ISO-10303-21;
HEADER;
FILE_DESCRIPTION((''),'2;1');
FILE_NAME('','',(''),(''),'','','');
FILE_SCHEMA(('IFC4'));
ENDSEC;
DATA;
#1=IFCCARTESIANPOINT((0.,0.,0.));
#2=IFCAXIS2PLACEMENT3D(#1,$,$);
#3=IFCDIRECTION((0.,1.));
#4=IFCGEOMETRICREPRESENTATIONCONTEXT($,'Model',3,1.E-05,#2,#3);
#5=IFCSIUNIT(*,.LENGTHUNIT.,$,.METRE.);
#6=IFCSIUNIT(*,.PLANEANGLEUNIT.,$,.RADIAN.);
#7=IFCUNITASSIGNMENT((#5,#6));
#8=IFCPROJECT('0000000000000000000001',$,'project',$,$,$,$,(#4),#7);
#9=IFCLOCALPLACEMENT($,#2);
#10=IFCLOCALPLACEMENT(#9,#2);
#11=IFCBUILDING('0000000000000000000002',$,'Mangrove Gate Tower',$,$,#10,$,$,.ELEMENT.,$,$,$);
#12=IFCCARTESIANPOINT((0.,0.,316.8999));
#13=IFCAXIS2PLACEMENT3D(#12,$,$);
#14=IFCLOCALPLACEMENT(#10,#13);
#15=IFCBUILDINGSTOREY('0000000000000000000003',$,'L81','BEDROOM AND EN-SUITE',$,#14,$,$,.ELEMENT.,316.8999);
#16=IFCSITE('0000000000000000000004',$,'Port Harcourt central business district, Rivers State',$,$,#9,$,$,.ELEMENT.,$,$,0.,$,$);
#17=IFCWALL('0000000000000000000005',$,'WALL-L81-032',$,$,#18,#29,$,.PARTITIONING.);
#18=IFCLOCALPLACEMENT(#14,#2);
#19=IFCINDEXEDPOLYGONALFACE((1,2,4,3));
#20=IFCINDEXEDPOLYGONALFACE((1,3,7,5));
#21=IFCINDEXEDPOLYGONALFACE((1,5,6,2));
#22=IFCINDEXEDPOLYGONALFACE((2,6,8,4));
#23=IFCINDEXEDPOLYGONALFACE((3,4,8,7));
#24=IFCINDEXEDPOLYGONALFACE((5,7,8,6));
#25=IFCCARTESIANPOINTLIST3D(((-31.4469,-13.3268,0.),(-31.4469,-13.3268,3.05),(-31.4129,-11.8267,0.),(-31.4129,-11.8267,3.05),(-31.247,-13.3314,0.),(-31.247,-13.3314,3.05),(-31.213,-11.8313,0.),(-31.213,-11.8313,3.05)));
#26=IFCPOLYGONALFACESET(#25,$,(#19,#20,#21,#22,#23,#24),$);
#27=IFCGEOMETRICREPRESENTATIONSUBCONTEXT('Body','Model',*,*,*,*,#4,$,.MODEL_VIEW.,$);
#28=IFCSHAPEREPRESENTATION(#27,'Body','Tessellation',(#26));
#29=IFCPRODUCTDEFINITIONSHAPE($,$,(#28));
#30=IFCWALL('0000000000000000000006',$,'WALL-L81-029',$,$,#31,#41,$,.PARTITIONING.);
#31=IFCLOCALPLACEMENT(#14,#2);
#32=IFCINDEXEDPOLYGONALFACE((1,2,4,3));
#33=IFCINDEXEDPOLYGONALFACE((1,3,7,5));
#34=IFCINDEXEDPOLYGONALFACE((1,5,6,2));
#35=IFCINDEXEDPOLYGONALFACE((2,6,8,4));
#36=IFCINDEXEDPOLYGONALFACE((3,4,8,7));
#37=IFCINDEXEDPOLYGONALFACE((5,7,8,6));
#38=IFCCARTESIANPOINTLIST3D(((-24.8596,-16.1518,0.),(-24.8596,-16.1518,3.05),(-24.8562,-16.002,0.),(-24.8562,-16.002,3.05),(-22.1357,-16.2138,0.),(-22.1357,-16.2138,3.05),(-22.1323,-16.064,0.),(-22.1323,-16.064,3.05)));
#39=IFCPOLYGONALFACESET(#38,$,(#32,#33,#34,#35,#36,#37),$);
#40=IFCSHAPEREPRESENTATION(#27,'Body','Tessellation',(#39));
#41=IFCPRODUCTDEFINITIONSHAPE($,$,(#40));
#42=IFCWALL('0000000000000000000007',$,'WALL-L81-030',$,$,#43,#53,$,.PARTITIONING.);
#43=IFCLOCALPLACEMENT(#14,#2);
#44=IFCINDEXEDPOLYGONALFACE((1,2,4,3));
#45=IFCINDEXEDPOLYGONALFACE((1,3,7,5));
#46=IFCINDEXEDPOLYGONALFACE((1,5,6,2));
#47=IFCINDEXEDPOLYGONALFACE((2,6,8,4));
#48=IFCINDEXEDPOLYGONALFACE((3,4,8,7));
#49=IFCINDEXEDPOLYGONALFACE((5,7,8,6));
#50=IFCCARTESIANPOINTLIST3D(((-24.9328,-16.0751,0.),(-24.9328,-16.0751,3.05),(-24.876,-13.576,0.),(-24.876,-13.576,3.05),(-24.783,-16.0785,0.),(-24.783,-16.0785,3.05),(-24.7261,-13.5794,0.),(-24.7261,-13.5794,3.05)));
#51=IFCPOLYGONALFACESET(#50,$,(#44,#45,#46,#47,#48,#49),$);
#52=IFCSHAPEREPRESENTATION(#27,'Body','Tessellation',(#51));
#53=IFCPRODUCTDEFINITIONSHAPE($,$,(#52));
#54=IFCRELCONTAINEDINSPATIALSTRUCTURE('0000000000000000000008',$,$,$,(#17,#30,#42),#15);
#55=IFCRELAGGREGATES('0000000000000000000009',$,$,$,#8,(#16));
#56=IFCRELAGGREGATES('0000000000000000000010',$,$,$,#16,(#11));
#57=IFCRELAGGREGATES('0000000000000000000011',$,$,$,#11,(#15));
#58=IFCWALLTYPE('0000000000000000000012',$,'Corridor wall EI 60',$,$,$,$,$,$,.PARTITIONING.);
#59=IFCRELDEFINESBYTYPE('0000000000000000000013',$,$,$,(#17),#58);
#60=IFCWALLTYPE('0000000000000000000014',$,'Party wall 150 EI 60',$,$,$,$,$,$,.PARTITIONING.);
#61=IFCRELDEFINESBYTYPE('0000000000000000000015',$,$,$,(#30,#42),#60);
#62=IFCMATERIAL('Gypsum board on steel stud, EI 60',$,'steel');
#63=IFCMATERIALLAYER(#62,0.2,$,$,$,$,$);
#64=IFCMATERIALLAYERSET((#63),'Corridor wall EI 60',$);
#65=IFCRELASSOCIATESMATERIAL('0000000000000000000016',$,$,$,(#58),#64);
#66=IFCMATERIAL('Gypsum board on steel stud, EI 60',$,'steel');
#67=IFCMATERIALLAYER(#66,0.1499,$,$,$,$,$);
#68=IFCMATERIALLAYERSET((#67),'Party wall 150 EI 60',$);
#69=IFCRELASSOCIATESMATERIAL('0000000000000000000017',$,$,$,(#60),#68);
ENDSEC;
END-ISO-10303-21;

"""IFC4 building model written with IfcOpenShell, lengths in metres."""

from ifc_helpers import new_model, si_unit, direction, frame, frame_2d, origin, place, context, subcontext, project, spatial, rectangle, extrude, material, layer, layer_set, type_object, element, save


model = new_model("IFC4")

# Units and contexts
model_context = context("Model", 3, precision=1e-05, world=origin(), true_north=direction((0.0, 1.0)))
body_context = subcontext(model_context, "Body", "Model", "MODEL_VIEW")
ifc_project = project(units=[si_unit("LENGTHUNIT", "METRE"), si_unit("PLANEANGLEUNIT", "RADIAN")], contexts=[model_context])

# Site, building, storey
site_placement = place(None, origin())
site = spatial("IfcSite", under=ifc_project, at=site_placement, Name="Port Harcourt central business district, Rivers State", CompositionType="ELEMENT", RefElevation=0.0)
building_placement = place(site_placement, origin())
building = spatial("IfcBuilding", under=site, at=building_placement, Name="Mangrove Gate Tower", CompositionType="ELEMENT")
storey_placement = place(building_placement, frame((0.0, 0.0, 316.8999)))
storey = spatial("IfcBuildingStorey", under=building, at=storey_placement, Name="L81", Description="BEDROOM AND EN-SUITE", CompositionType="ELEMENT", Elevation=316.8999)

# Shared definitions
ifc_material_1 = material(Name="Gypsum board on steel stud, EI 60", Category="steel")
ifc_layer_1 = layer(ifc_material_1, 0.2)
ifc_layer_set_1 = layer_set([ifc_layer_1], Name="Corridor wall EI 60")
wall_type_1 = type_object("IfcWallType", Name="Corridor wall EI 60", PredefinedType="PARTITIONING", material=ifc_layer_set_1)

# Walls
wall_1_placement = place(storey_placement, frame((-31.3469, -13.3291, 0.0), z_axis=(0.0, 0.0, 1.0), x_axis=(0.022618, 0.999744, 0.0)))
element("IfcWall", 1, at=wall_1_placement, inside=storey, type_object=wall_type_1, Name="WALL-L81-032", PredefinedType="PARTITIONING", context=body_context, shape_type="SweptSolid", body=[
    extrude(rectangle(XDim=1.5005, YDim=0.2, at=frame_2d((0.7502, 0.0))), origin(), (0.0, 0.0, 1.0), 3.05),
])
ifc_material_2 = material(Name="Gypsum board on steel stud, EI 60", Category="steel")
ifc_layer_2 = layer(ifc_material_2, 0.1499)
ifc_layer_set_2 = layer_set([ifc_layer_2], Name="Party wall 150 EI 60")
wall_type_2 = type_object("IfcWallType", Name="Party wall 150 EI 60", PredefinedType="PARTITIONING", material=ifc_layer_set_2)
wall_2_placement = place(storey_placement, frame((-24.8579, -16.0769, 0.0), z_axis=(0.0, 0.0, 1.0), x_axis=(0.999741, -0.02276, 0.0)))
element("IfcWall", 2, at=wall_2_placement, inside=storey, type_object=wall_type_2, Name="WALL-L81-029", PredefinedType="PARTITIONING", context=body_context, shape_type="SweptSolid", body=[
    extrude(rectangle(XDim=2.7246, YDim=0.1499, at=frame_2d((1.3623, 0.0))), origin(), (0.0, 0.0, 1.0), 3.05),
])
wall_3_placement = place(storey_placement, frame((-24.8579, -16.0769, 0.0), z_axis=(0.0, 0.0, 1.0), x_axis=(0.022757, 0.999741, 0.0)))
element("IfcWall", 3, at=wall_3_placement, inside=storey, type_object=wall_type_2, Name="WALL-L81-030", PredefinedType="PARTITIONING", context=body_context, shape_type="SweptSolid", body=[
    extrude(rectangle(XDim=2.4998, YDim=0.1499, at=frame_2d((1.25, 0.0))), origin(), (0.0, 0.0, 1.0), 3.05),
])

save(model, "model.ifc")
